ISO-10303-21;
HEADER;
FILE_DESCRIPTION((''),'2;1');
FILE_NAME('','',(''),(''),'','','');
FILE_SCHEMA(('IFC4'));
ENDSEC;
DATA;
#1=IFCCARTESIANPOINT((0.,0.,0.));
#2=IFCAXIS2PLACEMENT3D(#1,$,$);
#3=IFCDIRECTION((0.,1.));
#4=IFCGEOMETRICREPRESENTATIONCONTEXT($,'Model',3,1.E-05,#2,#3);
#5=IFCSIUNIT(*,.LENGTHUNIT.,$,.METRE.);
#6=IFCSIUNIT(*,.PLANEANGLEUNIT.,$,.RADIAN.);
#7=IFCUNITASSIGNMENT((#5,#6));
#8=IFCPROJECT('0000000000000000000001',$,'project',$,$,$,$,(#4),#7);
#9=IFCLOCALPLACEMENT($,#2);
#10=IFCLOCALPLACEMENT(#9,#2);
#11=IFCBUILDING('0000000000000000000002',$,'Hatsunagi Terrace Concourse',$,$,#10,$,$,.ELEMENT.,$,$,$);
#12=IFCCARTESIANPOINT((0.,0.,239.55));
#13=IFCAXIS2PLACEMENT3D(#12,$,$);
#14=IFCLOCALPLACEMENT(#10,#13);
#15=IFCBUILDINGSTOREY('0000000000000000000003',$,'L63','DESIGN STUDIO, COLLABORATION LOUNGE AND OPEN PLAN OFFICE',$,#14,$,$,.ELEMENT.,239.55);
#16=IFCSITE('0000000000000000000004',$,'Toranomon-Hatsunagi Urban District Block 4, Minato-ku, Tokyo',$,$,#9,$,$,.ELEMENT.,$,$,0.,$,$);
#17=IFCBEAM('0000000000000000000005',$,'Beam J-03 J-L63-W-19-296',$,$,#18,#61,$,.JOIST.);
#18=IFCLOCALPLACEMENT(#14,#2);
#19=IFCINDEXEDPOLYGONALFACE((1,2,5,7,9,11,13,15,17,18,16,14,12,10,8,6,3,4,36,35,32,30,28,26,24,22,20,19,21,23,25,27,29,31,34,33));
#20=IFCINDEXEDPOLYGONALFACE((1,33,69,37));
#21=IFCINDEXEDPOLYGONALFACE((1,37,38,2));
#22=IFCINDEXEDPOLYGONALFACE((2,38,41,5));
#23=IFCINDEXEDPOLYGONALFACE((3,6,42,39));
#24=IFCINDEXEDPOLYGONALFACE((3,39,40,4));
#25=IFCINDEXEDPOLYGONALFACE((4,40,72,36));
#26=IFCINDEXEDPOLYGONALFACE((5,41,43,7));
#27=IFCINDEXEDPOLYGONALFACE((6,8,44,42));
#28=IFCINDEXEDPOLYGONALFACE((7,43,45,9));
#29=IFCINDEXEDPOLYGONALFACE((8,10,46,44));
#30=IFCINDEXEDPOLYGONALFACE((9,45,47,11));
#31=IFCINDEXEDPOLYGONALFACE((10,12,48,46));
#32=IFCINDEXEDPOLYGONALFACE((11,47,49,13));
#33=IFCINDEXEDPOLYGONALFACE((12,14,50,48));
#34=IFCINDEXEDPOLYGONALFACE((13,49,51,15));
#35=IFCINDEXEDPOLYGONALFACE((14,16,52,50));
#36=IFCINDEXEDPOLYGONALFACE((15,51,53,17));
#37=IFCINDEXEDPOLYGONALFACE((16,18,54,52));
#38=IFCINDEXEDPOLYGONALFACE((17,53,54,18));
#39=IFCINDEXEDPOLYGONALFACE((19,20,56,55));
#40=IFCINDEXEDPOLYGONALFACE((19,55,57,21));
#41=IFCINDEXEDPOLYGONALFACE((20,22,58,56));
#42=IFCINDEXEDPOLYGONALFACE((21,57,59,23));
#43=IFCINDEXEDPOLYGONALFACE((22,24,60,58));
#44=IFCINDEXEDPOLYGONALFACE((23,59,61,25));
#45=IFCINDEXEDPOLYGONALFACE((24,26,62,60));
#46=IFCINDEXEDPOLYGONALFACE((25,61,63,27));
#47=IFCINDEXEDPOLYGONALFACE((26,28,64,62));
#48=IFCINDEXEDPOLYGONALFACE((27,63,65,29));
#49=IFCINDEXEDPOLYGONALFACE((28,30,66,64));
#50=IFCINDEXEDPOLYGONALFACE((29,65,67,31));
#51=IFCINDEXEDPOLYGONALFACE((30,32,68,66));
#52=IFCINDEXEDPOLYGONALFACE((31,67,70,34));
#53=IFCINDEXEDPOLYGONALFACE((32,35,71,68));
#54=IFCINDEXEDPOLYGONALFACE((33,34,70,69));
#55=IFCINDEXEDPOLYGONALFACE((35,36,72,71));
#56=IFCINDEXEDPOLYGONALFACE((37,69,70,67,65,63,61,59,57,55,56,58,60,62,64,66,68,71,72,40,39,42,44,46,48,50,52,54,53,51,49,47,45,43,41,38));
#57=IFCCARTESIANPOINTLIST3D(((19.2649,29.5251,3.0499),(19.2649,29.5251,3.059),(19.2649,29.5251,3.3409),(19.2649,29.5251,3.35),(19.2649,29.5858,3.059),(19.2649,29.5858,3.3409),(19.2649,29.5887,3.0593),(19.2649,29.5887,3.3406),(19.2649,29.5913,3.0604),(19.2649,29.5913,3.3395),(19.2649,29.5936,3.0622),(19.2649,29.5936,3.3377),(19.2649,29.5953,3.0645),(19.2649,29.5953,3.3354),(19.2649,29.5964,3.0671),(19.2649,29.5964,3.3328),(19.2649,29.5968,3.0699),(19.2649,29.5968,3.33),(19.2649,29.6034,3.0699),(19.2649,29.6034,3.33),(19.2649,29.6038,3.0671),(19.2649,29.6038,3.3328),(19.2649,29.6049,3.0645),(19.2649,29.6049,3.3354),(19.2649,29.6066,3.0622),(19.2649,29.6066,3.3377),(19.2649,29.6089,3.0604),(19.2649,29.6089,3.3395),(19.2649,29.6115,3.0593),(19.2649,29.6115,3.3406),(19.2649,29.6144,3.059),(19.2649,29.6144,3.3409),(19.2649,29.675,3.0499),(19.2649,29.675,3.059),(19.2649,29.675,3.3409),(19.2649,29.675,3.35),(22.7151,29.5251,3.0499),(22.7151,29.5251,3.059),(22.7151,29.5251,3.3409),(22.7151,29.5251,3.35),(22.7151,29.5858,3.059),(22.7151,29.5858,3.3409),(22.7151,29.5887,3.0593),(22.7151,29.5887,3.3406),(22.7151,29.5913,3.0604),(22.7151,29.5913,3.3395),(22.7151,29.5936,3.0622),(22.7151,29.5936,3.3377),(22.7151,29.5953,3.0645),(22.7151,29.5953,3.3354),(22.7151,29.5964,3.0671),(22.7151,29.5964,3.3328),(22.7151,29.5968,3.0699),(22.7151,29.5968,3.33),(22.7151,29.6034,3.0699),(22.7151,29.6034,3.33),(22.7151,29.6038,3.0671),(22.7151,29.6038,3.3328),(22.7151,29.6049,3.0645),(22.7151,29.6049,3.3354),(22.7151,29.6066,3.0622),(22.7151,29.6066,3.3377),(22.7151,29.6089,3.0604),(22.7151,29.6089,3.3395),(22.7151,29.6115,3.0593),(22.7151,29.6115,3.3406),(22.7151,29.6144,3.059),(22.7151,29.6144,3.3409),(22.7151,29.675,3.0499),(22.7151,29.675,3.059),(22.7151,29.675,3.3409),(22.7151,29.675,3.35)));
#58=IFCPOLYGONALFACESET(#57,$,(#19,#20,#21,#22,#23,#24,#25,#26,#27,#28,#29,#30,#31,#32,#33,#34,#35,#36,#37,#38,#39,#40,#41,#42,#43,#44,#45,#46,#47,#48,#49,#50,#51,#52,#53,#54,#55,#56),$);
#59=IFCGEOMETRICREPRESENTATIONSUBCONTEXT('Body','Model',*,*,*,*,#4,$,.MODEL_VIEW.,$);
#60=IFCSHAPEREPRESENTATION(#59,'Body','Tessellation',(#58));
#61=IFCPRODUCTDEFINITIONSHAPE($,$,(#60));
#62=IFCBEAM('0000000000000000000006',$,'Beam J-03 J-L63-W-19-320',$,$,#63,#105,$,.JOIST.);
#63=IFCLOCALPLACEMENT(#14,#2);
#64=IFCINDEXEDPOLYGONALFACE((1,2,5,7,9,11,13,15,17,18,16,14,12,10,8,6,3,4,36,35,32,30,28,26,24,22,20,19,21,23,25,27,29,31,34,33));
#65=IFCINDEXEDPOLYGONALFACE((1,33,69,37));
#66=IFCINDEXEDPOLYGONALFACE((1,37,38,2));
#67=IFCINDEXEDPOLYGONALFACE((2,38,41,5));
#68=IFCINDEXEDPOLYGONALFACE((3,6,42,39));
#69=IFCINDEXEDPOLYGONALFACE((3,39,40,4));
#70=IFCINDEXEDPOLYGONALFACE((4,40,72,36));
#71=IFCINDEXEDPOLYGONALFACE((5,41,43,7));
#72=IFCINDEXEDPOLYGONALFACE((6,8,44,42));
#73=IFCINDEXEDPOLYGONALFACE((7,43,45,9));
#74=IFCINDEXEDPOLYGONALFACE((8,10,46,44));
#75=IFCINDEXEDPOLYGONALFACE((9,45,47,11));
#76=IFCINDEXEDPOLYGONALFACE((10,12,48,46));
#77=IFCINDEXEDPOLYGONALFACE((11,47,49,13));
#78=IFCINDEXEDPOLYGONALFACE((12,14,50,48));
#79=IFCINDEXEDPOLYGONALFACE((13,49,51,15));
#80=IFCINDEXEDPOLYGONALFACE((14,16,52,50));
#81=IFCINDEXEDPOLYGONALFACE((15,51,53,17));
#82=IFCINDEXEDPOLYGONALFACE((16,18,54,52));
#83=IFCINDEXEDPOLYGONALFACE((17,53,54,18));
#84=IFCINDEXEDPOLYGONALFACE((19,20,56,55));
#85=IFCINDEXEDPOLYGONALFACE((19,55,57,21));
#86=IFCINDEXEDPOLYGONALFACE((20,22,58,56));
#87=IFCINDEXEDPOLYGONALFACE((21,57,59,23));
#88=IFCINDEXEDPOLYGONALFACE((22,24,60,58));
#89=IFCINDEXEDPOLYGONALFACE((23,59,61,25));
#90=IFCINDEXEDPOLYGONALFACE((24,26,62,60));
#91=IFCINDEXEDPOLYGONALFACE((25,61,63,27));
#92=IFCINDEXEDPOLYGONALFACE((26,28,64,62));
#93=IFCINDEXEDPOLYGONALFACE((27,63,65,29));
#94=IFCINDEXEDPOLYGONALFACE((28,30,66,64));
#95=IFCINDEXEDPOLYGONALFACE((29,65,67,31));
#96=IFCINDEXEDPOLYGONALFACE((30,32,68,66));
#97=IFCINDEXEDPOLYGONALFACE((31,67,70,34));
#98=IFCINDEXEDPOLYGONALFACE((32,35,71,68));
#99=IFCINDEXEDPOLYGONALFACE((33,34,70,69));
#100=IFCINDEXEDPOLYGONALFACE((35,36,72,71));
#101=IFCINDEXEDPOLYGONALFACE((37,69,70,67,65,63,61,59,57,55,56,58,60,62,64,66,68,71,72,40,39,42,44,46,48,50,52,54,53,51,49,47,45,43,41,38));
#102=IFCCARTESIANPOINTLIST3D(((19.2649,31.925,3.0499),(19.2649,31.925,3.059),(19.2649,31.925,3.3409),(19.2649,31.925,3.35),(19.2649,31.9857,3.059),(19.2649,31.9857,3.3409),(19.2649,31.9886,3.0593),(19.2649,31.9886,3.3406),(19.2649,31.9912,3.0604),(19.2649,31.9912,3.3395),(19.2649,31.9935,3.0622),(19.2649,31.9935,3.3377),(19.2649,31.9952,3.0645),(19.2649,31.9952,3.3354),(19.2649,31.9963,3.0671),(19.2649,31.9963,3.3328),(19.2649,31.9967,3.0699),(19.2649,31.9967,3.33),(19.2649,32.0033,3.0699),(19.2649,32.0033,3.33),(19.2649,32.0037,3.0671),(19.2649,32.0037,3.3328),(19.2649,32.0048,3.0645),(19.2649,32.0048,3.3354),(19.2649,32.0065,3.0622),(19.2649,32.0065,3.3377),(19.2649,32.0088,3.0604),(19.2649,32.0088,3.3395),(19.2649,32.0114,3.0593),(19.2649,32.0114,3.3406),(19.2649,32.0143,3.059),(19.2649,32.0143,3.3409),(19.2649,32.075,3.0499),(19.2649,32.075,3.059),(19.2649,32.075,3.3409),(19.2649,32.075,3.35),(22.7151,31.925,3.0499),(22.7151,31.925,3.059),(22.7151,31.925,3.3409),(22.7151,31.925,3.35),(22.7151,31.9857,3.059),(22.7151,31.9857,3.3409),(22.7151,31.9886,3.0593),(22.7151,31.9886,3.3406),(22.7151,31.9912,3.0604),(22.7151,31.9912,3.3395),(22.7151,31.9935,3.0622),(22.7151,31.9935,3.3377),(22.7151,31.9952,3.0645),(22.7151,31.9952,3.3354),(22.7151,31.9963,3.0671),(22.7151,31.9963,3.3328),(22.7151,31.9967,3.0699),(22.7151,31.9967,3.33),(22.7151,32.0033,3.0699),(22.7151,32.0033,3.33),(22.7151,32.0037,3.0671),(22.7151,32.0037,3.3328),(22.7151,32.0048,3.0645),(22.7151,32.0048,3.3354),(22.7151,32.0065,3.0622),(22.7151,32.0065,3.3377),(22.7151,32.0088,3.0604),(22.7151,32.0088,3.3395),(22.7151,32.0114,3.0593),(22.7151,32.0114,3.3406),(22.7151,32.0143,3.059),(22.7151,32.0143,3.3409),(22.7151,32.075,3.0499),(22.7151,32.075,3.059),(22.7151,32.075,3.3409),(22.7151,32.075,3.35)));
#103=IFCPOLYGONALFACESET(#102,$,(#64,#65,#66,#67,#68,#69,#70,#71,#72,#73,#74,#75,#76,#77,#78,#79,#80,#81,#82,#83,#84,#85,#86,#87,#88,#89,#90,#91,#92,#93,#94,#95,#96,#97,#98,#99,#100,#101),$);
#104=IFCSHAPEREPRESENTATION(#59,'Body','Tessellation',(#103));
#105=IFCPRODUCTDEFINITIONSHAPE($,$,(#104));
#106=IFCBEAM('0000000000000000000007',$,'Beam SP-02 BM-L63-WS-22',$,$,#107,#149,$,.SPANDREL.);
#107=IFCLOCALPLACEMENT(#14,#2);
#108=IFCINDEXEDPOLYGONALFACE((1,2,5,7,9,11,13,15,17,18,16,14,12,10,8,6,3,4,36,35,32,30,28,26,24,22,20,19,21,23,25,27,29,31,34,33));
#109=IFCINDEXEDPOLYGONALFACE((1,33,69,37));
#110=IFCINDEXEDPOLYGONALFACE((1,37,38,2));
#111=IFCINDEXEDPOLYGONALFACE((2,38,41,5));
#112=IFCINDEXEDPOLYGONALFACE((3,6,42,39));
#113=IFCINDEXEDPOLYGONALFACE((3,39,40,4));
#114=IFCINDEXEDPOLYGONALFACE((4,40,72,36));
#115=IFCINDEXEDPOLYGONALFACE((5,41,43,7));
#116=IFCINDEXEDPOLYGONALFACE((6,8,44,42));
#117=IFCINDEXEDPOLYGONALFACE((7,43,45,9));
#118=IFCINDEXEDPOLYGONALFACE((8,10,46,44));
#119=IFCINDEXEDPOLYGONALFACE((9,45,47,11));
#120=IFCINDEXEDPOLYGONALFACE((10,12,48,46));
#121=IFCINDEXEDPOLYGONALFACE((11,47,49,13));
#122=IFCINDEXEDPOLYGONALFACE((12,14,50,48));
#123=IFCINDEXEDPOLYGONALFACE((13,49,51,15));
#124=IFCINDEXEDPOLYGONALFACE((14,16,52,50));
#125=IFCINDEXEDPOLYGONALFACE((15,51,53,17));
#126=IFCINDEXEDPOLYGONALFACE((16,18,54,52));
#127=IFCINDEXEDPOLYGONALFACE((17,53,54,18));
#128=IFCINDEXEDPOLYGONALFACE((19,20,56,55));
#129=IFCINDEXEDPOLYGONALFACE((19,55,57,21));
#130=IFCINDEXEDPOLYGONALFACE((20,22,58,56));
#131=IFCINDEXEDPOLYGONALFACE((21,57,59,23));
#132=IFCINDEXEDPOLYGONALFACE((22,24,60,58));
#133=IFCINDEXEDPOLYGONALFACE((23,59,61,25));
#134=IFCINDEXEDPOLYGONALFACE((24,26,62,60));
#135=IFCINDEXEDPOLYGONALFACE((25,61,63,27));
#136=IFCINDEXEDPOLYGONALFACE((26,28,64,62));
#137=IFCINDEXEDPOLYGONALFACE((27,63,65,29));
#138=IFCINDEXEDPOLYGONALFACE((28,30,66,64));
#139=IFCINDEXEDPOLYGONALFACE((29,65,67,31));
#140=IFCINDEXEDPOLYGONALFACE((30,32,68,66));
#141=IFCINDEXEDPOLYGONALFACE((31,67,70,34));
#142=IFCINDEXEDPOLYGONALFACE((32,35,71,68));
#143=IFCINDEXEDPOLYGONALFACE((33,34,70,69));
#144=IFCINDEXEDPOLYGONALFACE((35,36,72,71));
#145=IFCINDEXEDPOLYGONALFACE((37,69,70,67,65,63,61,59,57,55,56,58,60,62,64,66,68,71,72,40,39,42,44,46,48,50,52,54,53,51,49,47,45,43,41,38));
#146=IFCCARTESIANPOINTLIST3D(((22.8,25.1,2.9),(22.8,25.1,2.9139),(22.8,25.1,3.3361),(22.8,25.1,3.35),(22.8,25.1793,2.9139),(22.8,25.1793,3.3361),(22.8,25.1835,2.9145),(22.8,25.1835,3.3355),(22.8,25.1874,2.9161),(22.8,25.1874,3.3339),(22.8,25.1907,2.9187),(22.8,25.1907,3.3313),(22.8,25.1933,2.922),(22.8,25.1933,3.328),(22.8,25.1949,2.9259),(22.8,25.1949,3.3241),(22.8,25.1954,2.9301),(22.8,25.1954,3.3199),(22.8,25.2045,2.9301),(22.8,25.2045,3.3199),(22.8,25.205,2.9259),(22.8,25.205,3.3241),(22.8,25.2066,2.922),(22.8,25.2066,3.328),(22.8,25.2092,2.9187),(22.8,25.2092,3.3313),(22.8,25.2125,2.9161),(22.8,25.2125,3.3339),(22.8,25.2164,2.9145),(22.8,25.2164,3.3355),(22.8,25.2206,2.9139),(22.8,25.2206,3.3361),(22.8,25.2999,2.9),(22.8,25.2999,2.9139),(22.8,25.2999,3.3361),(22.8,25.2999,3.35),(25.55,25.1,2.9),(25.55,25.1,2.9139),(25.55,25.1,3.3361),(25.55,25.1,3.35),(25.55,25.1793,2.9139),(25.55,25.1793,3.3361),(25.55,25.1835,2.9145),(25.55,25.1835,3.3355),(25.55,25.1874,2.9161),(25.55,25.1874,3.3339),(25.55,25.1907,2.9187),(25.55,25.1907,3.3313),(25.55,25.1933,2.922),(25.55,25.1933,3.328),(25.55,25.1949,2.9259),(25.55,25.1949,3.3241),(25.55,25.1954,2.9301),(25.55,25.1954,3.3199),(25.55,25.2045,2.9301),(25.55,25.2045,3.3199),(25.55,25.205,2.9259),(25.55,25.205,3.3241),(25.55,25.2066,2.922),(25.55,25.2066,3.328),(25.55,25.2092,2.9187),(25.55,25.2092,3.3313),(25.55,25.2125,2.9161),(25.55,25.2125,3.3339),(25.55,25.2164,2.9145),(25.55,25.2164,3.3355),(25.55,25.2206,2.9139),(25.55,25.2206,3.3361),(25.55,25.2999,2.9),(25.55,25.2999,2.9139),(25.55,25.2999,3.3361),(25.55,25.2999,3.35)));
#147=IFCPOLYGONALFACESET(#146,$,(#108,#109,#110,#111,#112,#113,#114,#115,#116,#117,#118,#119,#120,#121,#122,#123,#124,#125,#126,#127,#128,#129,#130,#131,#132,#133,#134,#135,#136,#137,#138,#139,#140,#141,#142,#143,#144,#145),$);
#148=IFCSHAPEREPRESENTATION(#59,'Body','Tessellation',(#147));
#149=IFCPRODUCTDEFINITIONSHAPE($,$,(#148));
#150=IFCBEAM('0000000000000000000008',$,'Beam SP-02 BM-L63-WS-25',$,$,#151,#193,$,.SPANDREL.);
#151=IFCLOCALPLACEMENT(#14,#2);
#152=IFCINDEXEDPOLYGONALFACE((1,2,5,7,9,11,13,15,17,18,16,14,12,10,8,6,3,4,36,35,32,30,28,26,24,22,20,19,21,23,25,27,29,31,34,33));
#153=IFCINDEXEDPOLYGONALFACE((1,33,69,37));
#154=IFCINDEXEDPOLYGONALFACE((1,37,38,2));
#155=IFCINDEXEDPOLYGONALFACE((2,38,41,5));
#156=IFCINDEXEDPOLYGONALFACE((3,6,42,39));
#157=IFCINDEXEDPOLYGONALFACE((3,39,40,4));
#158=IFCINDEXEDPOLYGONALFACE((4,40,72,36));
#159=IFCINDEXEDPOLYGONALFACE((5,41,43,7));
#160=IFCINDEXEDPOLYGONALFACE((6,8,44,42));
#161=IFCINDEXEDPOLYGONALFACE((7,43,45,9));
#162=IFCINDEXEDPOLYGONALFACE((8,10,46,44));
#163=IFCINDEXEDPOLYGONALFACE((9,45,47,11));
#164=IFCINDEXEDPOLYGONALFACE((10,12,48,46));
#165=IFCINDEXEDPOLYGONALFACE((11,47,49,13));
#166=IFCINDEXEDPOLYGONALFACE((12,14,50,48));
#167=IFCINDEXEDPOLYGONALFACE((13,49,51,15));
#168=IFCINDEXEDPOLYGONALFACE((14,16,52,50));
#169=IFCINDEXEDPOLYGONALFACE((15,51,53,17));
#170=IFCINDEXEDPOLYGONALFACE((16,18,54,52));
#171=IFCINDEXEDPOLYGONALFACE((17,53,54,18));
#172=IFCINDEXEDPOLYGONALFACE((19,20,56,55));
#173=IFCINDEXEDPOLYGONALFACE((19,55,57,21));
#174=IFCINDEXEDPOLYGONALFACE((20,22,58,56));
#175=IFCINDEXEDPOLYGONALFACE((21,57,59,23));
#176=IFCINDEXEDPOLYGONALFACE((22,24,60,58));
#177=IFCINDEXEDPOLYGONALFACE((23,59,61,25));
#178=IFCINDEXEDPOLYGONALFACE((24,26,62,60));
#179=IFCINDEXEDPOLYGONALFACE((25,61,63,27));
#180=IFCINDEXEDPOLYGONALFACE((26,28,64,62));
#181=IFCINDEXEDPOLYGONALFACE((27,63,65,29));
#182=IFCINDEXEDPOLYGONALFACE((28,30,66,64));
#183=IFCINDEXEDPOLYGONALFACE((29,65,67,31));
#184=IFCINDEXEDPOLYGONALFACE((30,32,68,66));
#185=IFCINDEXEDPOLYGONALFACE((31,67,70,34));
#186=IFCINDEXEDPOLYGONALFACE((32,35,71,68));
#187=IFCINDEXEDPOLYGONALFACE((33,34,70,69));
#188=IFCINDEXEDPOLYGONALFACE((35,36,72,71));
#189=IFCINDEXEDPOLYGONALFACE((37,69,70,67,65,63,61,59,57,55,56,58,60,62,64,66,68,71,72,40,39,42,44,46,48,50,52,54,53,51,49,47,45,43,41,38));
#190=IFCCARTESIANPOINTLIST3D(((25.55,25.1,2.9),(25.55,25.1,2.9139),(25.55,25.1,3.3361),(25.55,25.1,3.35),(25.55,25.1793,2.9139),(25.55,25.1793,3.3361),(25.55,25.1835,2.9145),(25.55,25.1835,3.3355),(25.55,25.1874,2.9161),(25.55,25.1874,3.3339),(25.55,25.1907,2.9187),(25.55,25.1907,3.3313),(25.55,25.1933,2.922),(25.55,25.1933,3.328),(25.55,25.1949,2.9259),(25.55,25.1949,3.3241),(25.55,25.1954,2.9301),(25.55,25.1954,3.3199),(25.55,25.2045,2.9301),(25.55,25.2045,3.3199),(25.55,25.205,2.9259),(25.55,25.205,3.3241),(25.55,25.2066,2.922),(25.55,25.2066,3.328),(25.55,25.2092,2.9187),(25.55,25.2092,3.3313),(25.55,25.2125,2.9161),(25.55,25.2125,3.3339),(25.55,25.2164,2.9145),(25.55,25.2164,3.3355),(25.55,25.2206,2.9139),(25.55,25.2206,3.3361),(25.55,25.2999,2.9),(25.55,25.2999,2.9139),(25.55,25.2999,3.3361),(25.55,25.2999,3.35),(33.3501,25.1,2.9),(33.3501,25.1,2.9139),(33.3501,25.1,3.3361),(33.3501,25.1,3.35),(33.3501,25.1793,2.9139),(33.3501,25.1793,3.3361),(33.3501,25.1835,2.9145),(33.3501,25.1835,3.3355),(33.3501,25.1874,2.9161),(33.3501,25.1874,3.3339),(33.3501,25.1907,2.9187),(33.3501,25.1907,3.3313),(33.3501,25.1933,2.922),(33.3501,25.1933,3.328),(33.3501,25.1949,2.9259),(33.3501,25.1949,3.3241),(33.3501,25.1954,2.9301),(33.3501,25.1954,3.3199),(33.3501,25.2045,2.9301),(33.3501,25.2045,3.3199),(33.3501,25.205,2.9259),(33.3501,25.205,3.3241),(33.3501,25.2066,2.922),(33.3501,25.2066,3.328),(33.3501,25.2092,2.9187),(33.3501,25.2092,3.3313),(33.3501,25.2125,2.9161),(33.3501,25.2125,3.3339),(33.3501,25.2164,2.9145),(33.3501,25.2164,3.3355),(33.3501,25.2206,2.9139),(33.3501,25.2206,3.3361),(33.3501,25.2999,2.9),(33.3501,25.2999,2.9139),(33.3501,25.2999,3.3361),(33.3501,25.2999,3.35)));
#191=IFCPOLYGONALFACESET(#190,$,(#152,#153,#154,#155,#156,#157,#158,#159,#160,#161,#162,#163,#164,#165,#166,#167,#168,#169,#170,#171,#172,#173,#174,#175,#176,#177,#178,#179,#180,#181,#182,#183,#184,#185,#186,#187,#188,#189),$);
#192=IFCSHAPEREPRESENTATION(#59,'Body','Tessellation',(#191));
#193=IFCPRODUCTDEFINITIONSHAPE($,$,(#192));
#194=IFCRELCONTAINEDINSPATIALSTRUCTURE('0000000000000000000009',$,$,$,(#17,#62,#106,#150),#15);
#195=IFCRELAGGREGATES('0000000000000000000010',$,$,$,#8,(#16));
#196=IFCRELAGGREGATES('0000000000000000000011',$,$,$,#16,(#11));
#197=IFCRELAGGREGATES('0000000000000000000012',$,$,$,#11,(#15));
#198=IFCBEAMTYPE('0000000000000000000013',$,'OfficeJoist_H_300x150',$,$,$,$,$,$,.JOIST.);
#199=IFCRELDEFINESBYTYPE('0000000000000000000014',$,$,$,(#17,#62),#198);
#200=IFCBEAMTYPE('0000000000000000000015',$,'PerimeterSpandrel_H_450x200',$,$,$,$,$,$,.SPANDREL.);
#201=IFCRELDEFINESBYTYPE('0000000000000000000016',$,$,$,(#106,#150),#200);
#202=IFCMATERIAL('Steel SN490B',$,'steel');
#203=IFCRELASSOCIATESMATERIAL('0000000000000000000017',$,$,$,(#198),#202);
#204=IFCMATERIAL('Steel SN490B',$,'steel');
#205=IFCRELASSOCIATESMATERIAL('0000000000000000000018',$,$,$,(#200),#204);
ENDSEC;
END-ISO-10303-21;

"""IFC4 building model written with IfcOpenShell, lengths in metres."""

from ifc_helpers import new_model, si_unit, direction, frame, origin, origin_2d, place, context, subcontext, project, spatial, i_section, extrude, material, material_profile, profile_set, type_object, element, save


model = new_model("IFC4")

# Units and contexts
model_context = context("Model", 3, precision=1e-05, world=origin(), true_north=direction((0.0, 1.0)))
body_context = subcontext(model_context, "Body", "Model", "MODEL_VIEW")
ifc_project = project(units=[si_unit("LENGTHUNIT", "METRE"), si_unit("PLANEANGLEUNIT", "RADIAN")], contexts=[model_context])

# Site, building, storey
site_placement = place(None, origin())
site = spatial("IfcSite", under=ifc_project, at=site_placement, Name="Toranomon-Hatsunagi Urban District Block 4, Minato-ku, Tokyo", CompositionType="ELEMENT", RefElevation=0.0)
building_placement = place(site_placement, origin())
building = spatial("IfcBuilding", under=site, at=building_placement, Name="Hatsunagi Terrace Concourse", CompositionType="ELEMENT")
storey_placement = place(building_placement, frame((0.0, 0.0, 239.55)))
storey = spatial("IfcBuildingStorey", under=building, at=storey_placement, Name="L63", Description="DESIGN STUDIO, COLLABORATION LOUNGE AND OPEN PLAN OFFICE", CompositionType="ELEMENT", Elevation=239.55)

# Beams
ifc_material_1 = material(Name="Steel SN490B", Category="steel")
ifc_material_profile_1 = material_profile(ifc_material_1, i_section(OverallWidth=0.1499, OverallDepth=0.3, WebThickness=0.0066, FlangeThickness=0.009, FilletRadius=0.011, at=origin_2d()), Name="H-300x150x6.5x9")
ifc_profile_set_1 = profile_set([ifc_material_profile_1], Name="Steel SN490B")
beam_type_1 = type_object("IfcBeamType", Name="OfficeJoist_H_300x150", PredefinedType="JOIST", material=ifc_profile_set_1)
for number, where, z_axis, x_axis, name in (
    (1, (19.2649, 29.6001, 3.2), (1.0, 0.0, 0.0), (0.0, 1.0, 0.0), "Beam J-03 J-L63-W-19-296"),
    (2, (19.2649, 32.0, 3.2), (1.0, 0.0, 0.0), (0.0, 1.0, 0.0), "Beam J-03 J-L63-W-19-320"),
):
    element("IfcBeam", number, at=place(storey_placement, frame(where, z_axis=z_axis, x_axis=x_axis)), inside=storey, type_object=beam_type_1, Name=name, PredefinedType="JOIST", context=body_context, shape_type="SweptSolid", body=[
        extrude(i_section(OverallWidth=0.1499, OverallDepth=0.3, WebThickness=0.0066, FlangeThickness=0.009, FilletRadius=0.011, at=origin_2d()), origin(), (0.0, 0.0, 1.0), 3.4502),
    ])
ifc_material_2 = material(Name="Steel SN490B", Category="steel")
ifc_material_profile_2 = material_profile(ifc_material_2, i_section(OverallWidth=0.2, OverallDepth=0.45, WebThickness=0.009, FlangeThickness=0.0139, FilletRadius=0.0161, at=origin_2d()), Name="H-450x200x9x14")
ifc_profile_set_2 = profile_set([ifc_material_profile_2], Name="Steel SN490B")
beam_type_2 = type_object("IfcBeamType", Name="PerimeterSpandrel_H_450x200", PredefinedType="SPANDREL", material=ifc_profile_set_2)
beam_1_placement = place(storey_placement, frame((22.8, 25.2, 3.125), z_axis=(1.0, 0.0, 0.0), x_axis=(0.0, 1.0, 0.0)))
element("IfcBeam", 3, at=beam_1_placement, inside=storey, type_object=beam_type_2, Name="Beam SP-02 BM-L63-WS-22", PredefinedType="SPANDREL", context=body_context, shape_type="SweptSolid", body=[
    extrude(i_section(OverallWidth=0.2, OverallDepth=0.45, WebThickness=0.009, FlangeThickness=0.0139, FilletRadius=0.0161, at=origin_2d()), origin(), (0.0, 0.0, 1.0), 2.75),
])
beam_2_placement = place(storey_placement, frame((25.55, 25.2, 3.125), z_axis=(1.0, 0.0, 0.0), x_axis=(0.0, 1.0, 0.0)))
element("IfcBeam", 4, at=beam_2_placement, inside=storey, type_object=beam_type_2, Name="Beam SP-02 BM-L63-WS-25", PredefinedType="SPANDREL", context=body_context, shape_type="SweptSolid", body=[
    extrude(i_section(OverallWidth=0.2, OverallDepth=0.45, WebThickness=0.009, FlangeThickness=0.0139, FilletRadius=0.0161, at=origin_2d()), origin(), (0.0, 0.0, 1.0), 7.8),
])

save(model, "model.ifc")
